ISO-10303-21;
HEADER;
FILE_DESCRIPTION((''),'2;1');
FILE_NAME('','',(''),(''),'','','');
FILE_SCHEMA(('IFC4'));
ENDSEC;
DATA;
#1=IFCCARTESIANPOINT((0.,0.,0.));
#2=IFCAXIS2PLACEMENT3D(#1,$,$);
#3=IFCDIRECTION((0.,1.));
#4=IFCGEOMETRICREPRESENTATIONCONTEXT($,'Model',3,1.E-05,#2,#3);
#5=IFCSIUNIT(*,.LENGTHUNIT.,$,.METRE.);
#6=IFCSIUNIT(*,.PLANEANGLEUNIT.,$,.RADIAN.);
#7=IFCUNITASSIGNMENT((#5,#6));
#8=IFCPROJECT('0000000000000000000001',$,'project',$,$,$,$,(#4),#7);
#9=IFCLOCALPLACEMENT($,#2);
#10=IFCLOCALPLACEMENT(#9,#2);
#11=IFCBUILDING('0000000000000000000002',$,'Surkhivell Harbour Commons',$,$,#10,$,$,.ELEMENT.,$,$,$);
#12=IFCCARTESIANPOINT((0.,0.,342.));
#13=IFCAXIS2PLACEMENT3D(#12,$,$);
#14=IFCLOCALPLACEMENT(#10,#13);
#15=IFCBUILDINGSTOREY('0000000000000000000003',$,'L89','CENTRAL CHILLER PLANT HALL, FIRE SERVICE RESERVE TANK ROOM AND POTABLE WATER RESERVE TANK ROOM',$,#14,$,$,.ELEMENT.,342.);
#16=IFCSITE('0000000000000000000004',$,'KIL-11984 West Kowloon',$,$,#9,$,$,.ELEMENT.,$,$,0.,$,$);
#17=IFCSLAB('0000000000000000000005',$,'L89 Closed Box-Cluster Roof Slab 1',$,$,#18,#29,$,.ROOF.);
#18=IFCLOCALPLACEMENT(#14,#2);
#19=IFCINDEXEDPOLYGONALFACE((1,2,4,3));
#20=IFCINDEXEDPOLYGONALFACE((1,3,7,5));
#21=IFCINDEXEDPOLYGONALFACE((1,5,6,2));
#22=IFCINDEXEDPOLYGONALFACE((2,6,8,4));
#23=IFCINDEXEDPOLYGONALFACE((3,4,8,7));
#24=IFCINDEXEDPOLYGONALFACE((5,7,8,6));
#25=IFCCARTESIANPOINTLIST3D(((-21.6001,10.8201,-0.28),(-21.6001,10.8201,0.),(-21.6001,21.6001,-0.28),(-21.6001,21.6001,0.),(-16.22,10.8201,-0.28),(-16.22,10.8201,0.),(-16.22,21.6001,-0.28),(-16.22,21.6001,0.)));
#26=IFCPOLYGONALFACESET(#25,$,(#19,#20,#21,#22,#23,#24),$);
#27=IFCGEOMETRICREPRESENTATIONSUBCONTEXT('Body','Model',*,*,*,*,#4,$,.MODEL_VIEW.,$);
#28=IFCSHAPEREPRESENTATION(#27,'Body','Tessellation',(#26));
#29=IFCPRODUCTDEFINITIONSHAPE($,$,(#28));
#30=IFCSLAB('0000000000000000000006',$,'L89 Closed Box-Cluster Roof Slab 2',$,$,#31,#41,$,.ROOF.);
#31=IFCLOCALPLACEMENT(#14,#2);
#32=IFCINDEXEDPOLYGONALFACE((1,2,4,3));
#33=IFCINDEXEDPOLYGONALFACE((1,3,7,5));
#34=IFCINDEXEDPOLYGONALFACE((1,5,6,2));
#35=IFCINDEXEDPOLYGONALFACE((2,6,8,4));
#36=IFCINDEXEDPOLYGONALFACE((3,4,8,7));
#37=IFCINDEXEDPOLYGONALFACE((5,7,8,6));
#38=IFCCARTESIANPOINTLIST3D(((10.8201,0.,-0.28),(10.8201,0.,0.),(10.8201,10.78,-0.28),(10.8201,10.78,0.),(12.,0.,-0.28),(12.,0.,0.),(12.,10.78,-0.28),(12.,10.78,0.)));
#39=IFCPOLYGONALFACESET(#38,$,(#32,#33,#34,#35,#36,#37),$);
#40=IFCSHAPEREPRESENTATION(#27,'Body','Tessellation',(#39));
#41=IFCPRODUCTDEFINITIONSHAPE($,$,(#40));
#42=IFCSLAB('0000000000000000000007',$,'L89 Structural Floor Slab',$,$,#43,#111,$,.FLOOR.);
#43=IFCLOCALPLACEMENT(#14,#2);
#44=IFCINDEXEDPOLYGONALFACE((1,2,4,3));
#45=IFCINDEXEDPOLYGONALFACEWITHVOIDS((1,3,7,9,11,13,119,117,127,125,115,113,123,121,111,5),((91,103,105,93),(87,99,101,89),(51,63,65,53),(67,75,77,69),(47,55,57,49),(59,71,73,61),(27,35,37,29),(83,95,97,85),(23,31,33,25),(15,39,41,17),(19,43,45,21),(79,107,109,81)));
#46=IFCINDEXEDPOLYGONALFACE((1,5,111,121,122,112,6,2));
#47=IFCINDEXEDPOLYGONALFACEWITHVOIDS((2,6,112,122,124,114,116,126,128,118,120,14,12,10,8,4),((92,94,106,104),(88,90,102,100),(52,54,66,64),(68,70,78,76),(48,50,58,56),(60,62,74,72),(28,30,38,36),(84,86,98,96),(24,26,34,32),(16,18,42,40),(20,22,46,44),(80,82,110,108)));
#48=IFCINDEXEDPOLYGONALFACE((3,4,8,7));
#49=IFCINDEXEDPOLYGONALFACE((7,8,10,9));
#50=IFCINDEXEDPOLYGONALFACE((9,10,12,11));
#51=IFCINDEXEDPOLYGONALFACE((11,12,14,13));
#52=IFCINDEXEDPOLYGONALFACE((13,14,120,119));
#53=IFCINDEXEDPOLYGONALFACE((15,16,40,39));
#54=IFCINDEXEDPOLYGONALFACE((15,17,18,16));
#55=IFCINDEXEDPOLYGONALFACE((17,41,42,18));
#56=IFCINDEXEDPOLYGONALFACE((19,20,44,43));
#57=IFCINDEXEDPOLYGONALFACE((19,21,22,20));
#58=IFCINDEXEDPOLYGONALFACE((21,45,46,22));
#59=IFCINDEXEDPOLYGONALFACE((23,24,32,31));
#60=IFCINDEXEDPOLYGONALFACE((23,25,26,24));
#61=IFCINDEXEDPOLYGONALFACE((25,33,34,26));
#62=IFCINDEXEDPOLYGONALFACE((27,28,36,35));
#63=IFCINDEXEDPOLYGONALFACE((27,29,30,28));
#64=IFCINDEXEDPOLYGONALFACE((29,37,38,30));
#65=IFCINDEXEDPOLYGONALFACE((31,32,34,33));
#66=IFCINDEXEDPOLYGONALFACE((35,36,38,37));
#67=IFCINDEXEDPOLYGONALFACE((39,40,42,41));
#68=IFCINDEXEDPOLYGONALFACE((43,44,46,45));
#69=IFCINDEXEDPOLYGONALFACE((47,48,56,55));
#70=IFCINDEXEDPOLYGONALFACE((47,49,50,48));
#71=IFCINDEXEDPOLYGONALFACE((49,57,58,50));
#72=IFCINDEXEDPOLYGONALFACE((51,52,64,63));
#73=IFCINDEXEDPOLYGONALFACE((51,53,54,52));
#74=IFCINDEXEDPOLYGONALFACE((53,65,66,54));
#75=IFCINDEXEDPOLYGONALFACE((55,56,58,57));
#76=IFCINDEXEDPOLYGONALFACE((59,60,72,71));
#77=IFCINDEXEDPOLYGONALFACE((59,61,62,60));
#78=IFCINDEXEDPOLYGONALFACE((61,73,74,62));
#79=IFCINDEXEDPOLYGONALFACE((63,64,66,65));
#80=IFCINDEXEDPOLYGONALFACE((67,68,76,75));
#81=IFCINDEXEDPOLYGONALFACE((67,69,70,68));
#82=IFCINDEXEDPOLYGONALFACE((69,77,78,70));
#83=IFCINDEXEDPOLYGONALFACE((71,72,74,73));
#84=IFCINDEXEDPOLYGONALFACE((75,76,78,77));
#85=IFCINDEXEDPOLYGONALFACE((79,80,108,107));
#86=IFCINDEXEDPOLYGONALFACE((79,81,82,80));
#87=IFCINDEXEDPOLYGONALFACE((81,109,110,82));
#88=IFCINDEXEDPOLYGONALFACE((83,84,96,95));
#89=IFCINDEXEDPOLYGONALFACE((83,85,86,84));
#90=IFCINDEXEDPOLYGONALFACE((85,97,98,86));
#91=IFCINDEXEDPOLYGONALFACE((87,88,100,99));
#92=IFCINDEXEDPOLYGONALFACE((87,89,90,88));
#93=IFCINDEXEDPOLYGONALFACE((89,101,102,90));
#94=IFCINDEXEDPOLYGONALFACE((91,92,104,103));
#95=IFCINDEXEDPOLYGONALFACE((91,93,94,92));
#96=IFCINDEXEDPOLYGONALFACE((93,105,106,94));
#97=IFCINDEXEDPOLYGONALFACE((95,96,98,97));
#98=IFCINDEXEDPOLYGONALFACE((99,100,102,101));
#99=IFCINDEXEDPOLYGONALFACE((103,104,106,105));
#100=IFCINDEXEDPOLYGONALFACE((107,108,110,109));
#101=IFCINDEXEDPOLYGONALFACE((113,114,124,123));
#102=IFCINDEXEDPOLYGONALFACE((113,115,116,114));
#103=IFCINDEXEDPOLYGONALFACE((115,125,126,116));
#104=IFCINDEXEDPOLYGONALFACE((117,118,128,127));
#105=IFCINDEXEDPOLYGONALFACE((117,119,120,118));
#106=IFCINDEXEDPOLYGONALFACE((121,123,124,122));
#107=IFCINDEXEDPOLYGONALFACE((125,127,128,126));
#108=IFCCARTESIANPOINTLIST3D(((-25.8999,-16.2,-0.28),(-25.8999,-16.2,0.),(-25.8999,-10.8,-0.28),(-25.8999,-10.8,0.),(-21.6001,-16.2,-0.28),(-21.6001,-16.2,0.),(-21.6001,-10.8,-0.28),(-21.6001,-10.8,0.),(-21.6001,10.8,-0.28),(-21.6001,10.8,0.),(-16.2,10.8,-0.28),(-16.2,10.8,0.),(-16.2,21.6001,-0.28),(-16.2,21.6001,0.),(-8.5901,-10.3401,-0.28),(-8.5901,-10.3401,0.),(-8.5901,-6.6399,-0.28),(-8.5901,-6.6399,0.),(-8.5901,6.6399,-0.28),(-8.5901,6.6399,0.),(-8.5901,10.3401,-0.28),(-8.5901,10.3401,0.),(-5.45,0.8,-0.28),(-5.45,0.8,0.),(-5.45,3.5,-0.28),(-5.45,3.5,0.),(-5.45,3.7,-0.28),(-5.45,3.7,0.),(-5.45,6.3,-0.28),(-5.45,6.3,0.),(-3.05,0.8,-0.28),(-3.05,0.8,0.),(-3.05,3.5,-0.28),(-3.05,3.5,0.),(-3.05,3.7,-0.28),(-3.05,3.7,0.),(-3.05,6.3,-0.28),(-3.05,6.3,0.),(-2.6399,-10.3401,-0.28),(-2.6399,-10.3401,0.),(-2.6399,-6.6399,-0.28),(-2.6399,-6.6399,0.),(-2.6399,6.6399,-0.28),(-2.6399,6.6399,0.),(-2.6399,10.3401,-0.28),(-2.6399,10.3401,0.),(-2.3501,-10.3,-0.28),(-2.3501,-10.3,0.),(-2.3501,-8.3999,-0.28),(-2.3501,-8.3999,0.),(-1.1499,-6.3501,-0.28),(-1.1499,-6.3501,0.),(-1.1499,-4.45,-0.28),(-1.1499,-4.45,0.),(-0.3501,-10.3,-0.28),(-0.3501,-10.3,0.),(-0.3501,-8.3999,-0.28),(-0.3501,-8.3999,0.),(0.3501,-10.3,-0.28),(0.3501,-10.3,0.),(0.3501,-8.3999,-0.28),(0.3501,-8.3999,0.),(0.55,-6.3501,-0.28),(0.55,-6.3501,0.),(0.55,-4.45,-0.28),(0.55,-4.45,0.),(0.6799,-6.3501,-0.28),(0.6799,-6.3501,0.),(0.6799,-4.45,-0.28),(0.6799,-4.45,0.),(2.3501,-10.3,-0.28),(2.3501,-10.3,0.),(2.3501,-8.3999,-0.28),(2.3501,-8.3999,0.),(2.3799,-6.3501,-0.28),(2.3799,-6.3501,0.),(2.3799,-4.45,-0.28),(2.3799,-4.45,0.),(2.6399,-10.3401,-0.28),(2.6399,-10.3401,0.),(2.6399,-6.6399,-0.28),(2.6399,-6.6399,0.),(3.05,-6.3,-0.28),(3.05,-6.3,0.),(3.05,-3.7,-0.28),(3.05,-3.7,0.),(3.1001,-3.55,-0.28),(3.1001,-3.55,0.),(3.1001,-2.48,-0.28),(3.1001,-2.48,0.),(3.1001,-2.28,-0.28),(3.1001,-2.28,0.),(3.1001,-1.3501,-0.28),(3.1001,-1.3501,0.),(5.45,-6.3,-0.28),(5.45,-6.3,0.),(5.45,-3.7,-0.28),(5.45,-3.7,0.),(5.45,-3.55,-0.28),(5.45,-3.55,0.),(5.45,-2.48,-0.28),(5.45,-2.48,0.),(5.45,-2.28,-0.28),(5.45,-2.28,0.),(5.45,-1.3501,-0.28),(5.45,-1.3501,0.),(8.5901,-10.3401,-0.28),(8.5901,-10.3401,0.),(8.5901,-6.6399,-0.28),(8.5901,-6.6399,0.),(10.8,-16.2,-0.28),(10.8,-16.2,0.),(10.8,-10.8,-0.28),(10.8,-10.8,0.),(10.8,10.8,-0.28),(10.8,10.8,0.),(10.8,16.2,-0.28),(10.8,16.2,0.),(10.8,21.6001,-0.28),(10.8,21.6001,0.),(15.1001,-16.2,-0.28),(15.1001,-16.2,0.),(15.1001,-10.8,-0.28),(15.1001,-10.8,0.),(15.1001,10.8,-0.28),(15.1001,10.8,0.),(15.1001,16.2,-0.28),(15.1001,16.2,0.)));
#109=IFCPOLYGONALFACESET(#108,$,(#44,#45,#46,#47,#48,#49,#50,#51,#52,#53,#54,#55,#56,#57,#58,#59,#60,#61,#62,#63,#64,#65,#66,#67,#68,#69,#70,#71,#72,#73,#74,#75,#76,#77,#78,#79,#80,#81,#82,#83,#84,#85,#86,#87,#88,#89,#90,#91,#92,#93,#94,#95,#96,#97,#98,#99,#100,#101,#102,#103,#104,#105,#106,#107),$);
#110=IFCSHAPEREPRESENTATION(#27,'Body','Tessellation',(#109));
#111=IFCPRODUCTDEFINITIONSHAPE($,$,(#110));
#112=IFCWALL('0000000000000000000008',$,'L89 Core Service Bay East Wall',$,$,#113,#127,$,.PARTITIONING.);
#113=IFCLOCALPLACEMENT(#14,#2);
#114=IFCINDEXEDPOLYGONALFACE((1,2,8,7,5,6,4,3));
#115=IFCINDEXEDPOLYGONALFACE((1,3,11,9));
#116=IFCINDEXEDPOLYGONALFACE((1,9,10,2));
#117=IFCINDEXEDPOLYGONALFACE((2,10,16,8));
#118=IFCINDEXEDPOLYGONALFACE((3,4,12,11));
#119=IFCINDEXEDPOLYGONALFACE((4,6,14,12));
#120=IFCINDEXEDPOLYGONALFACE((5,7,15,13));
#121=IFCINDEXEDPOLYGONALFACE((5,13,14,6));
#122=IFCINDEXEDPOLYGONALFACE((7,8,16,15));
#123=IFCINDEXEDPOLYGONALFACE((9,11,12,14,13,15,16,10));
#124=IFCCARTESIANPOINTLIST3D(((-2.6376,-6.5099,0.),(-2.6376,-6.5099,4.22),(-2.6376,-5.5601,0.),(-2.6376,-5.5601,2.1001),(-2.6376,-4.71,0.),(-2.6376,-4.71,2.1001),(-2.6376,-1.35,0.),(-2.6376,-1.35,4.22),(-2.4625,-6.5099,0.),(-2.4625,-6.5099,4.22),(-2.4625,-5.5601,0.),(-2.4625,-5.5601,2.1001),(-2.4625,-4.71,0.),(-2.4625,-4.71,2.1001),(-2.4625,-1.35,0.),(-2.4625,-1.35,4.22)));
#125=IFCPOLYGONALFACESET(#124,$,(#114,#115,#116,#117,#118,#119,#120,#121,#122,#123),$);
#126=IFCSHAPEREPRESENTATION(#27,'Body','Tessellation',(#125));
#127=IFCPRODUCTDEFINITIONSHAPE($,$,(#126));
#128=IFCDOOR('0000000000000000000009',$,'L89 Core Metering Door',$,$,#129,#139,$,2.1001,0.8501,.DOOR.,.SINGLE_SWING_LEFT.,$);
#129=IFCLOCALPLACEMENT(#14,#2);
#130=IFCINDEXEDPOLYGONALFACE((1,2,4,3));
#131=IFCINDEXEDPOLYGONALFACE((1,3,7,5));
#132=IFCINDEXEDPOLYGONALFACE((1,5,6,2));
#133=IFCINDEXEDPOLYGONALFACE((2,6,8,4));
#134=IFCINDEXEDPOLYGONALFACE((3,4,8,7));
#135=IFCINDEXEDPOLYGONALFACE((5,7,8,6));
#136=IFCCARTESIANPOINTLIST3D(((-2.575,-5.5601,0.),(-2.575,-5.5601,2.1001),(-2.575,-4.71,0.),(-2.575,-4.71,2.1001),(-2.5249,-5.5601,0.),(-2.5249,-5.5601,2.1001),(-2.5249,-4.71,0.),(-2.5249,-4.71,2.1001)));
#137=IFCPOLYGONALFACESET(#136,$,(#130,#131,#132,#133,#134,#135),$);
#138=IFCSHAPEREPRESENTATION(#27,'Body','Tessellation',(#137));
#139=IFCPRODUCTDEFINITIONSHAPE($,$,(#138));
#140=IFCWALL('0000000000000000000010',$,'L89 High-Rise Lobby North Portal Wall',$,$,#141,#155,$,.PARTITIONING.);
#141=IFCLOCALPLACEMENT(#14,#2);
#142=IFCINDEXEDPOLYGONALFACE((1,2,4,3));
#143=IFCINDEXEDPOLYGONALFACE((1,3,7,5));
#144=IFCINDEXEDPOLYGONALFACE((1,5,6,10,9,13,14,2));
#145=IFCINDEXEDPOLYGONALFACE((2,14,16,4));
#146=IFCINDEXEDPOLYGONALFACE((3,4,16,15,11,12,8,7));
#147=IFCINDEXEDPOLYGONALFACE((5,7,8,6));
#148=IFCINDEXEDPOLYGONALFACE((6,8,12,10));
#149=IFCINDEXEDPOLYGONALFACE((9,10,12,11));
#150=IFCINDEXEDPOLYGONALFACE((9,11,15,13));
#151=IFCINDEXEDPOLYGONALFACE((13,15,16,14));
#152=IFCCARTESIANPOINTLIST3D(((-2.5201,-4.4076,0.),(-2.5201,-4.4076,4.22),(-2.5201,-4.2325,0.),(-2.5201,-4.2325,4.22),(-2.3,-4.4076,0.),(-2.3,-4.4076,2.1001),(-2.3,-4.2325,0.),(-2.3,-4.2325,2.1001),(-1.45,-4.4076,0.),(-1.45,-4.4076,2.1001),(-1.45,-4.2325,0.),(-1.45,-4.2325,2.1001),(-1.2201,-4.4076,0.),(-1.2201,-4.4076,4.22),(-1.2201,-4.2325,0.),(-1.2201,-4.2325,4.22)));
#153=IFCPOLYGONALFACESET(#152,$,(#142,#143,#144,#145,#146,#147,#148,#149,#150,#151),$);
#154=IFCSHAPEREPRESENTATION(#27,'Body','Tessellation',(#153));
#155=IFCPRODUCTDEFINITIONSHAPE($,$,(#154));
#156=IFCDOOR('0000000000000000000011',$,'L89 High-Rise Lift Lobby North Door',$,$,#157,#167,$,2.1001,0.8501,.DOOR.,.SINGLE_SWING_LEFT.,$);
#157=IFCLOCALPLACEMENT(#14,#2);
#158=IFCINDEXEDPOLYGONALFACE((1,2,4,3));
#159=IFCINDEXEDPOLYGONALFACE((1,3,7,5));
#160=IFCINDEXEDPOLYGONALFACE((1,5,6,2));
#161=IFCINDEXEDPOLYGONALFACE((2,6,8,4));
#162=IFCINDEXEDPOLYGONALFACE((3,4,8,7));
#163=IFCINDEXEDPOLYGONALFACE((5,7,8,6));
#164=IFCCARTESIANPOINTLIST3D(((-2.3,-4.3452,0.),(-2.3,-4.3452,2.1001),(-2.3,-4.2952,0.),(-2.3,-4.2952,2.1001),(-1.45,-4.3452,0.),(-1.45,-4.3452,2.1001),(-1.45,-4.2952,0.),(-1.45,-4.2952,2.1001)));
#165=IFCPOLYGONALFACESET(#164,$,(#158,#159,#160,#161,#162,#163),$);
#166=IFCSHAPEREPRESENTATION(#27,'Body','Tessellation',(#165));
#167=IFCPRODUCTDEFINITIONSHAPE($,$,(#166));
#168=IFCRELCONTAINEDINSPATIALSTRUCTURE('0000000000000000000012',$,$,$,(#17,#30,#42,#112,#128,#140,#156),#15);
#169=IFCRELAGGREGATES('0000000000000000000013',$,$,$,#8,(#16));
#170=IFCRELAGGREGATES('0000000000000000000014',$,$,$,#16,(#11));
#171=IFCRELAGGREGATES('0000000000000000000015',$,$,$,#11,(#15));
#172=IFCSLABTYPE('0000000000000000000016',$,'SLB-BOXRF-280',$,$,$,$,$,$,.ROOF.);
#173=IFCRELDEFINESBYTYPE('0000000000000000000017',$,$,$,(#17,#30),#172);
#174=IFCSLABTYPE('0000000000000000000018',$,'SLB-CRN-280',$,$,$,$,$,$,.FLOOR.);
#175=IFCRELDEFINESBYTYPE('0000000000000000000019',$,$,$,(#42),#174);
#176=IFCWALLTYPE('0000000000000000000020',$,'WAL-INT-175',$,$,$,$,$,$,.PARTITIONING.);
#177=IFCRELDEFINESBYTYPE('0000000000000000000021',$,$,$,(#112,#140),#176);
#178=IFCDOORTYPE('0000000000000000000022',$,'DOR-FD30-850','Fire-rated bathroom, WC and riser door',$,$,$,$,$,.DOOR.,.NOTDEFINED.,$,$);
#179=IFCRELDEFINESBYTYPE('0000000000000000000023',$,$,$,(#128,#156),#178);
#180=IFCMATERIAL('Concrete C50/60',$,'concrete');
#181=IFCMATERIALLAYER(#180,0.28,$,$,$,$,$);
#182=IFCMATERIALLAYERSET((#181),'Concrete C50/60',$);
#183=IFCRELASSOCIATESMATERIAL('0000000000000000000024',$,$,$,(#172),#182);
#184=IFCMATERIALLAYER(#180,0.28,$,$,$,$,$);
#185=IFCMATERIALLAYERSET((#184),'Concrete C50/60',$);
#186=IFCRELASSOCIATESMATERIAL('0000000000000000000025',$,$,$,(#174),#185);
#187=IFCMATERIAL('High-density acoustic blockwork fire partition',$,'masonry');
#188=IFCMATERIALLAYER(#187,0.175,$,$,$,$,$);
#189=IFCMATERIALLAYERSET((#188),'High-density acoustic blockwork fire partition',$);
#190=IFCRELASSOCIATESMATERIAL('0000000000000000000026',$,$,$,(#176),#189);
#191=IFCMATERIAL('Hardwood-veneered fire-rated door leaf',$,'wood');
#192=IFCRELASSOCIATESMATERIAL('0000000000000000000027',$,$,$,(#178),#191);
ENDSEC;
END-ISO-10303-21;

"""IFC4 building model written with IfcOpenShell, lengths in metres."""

from ifc_helpers import new_model, si_unit, direction, frame, frame_2d, origin, place, context, subcontext, project, spatial, polyline, rectangle, outline, extrude, material, layer, layer_set, type_object, element, fill, save


model = new_model("IFC4")

# Units and contexts
model_context = context("Model", 3, precision=1e-05, world=origin(), true_north=direction((0.0, 1.0)))
body_context = subcontext(model_context, "Body", "Model", "MODEL_VIEW")
ifc_project = project(units=[si_unit("LENGTHUNIT", "METRE"), si_unit("PLANEANGLEUNIT", "RADIAN")], contexts=[model_context])

# Site, building, storey
site_placement = place(None, origin())
site = spatial("IfcSite", under=ifc_project, at=site_placement, Name="KIL-11984 West Kowloon", CompositionType="ELEMENT", RefElevation=0.0)
building_placement = place(site_placement, origin())
building = spatial("IfcBuilding", under=site, at=building_placement, Name="Surkhivell Harbour Commons", CompositionType="ELEMENT")
storey_placement = place(building_placement, frame((0.0, 0.0, 342.0)))
storey = spatial("IfcBuildingStorey", under=building, at=storey_placement, Name="L89", Description="CENTRAL CHILLER PLANT HALL, FIRE SERVICE RESERVE TANK ROOM AND POTABLE WATER RESERVE TANK ROOM", CompositionType="ELEMENT", Elevation=342.0)

# Slabs
ifc_material_1 = material(Name="Concrete C50/60", Category="concrete")
ifc_layer_1 = layer(ifc_material_1, 0.28)
ifc_layer_set_1 = layer_set([ifc_layer_1], Name="Concrete C50/60")
slab_type_1 = type_object("IfcSlabType", Name="SLB-BOXRF-280", PredefinedType="ROOF", material=ifc_layer_set_1)
slab_1_placement = place(storey_placement, frame((0.0, 0.0, -0.28)))
element("IfcSlab", 1, at=slab_1_placement, inside=storey, type_object=slab_type_1, Name="L89 Closed Box-Cluster Roof Slab 1", PredefinedType="ROOF", context=body_context, shape_type="SweptSolid", body=[
    extrude(outline(polyline([(-21.6001, 21.6001), (-21.6001, 10.8201), (-16.22, 10.8201), (-16.22, 21.6001), (-21.6001, 21.6001)])), origin(), (0.0, 0.0, 1.0), 0.28),
])
slab_2_placement = place(storey_placement, frame((0.0, 0.0, -0.28)))
element("IfcSlab", 2, at=slab_2_placement, inside=storey, type_object=slab_type_1, Name="L89 Closed Box-Cluster Roof Slab 2", PredefinedType="ROOF", context=body_context, shape_type="SweptSolid", body=[
    extrude(outline(polyline([(12.0, 10.78), (10.8201, 10.78), (10.8201, 0.0), (12.0, 0.0), (12.0, 10.78)])), origin(), (0.0, 0.0, 1.0), 0.28),
])
ifc_layer_2 = layer(ifc_material_1, 0.28)
ifc_layer_set_2 = layer_set([ifc_layer_2], Name="Concrete C50/60")
slab_type_2 = type_object("IfcSlabType", Name="SLB-CRN-280", PredefinedType="FLOOR", material=ifc_layer_set_2)
slab_3_placement = place(storey_placement, frame((0.0, 0.0, -0.28)))
element("IfcSlab", 3, at=slab_3_placement, inside=storey, type_object=slab_type_2, Name="L89 Structural Floor Slab", PredefinedType="FLOOR", context=body_context, shape_type="SweptSolid", body=[
    extrude(outline(polyline([(-21.6001, 10.8), (-21.6001, -10.8), (-25.8999, -10.8), (-25.8999, -16.2), (-21.6001, -16.2), (10.8, -16.2), (15.1001, -16.2), (15.1001, -10.8), (10.8, -10.8), (10.8, 10.8), (15.1001, 10.8), (15.1001, 16.2), (10.8, 16.2), (10.8, 21.6001), (-16.2, 21.6001), (-16.2, 10.8), (-21.6001, 10.8)]), holes=[polyline([(-8.5901, 6.6399), (-2.6399, 6.6399), (-2.6399, 10.3401), (-8.5901, 10.3401), (-8.5901, 6.6399)]), polyline([(8.5901, -6.6399), (2.6399, -6.6399), (2.6399, -10.3401), (8.5901, -10.3401), (8.5901, -6.6399)]), polyline([(-8.5901, -10.3401), (-2.6399, -10.3401), (-2.6399, -6.6399), (-8.5901, -6.6399), (-8.5901, -10.3401)]), polyline([(-1.1499, -6.3501), (0.55, -6.3501), (0.55, -4.45), (-1.1499, -4.45), (-1.1499, -6.3501)]), polyline([(0.6799, -6.3501), (2.3799, -6.3501), (2.3799, -4.45), (0.6799, -4.45), (0.6799, -6.3501)]), polyline([(-2.3501, -10.3), (-0.3501, -10.3), (-0.3501, -8.3999), (-2.3501, -8.3999), (-2.3501, -10.3)]), polyline([(0.3501, -10.3), (2.3501, -10.3), (2.3501, -8.3999), (0.3501, -8.3999), (0.3501, -10.3)]), polyline([(-5.45, 3.7), (-3.05, 3.7), (-3.05, 6.3), (-5.45, 6.3), (-5.45, 3.7)]), polyline([(3.05, -6.3), (5.45, -6.3), (5.45, -3.7), (3.05, -3.7), (3.05, -6.3)]), polyline([(-5.45, 0.8), (-3.05, 0.8), (-3.05, 3.5), (-5.45, 3.5), (-5.45, 0.8)]), polyline([(3.1001, -3.55), (5.45, -3.55), (5.45, -2.48), (3.1001, -2.48), (3.1001, -3.55)]), polyline([(3.1001, -2.28), (5.45, -2.28), (5.45, -1.3501), (3.1001, -1.3501), (3.1001, -2.28)])]), origin(), (0.0, 0.0, 1.0), 0.28),
])

# Walls, openings, doors
ifc_material_2 = material(Name="High-density acoustic blockwork fire partition", Category="masonry")
ifc_layer_3 = layer(ifc_material_2, 0.175)
ifc_layer_set_3 = layer_set([ifc_layer_3], Name="High-density acoustic blockwork fire partition")
wall_type_1 = type_object("IfcWallType", Name="WAL-INT-175", PredefinedType="PARTITIONING", material=ifc_layer_set_3)
wall_1_placement = place(storey_placement, frame((-2.55, -6.51, 0.0), z_axis=(0.0, 0.0, 1.0), x_axis=(0.0, 1.0, 0.0)))
wall_1 = element("IfcWall", 4, at=wall_1_placement, inside=storey, type_object=wall_type_1, Name="L89 Core Service Bay East Wall", PredefinedType="PARTITIONING", context=body_context, shape_type="SweptSolid", body=[
    extrude(rectangle(XDim=5.1599, YDim=0.175, at=frame_2d((2.5801, 0.0))), origin(), (0.0, 0.0, 1.0), 4.22),
])
opening_1_placement = place(wall_1_placement, frame((0.95, 0.0, 0.0)))
opening_1 = element("IfcOpeningElement", 5, at=opening_1_placement, cuts=wall_1, PredefinedType="OPENING", context=body_context, shape_type="SweptSolid", body=[
    extrude(rectangle(XDim=0.8501, YDim=2.1001, at=frame_2d((0.425, 1.05))), frame((0.0, 0.0974, 0.0), z_axis=(0.0, -1.0, 0.0), x_axis=(1.0, 0.0, 0.0)), (0.0, 0.0, 1.0), 0.1951),
])
ifc_material_3 = material(Name="Hardwood-veneered fire-rated door leaf", Category="wood")
door_type_1 = type_object("IfcDoorType", Name="DOR-FD30-850", Description="Fire-rated bathroom, WC and riser door", OperationType="NOTDEFINED", PredefinedType="DOOR", material=ifc_material_3)
door_1_placement = place(opening_1_placement, origin())
door_1 = element("IfcDoor", 6, at=door_1_placement, inside=storey, type_object=door_type_1, Name="L89 Core Metering Door", OperationType="SINGLE_SWING_LEFT", OverallHeight=2.1001, OverallWidth=0.8501, PredefinedType="DOOR", context=body_context, shape_type="SweptSolid", body=[
    extrude(rectangle(XDim=0.8501, YDim=2.1001, at=frame_2d((0.425, 1.05))), frame((0.0, 0.0249, 0.0), z_axis=(0.0, -1.0, 0.0), x_axis=(1.0, 0.0, 0.0)), (0.0, 0.0, 1.0), 0.05),
])
fill(opening_1, door_1)
wall_2_placement = place(storey_placement, frame((-2.52, -4.3201, 0.0), z_axis=(0.0, 0.0, 1.0), x_axis=(1.0, 0.0, 0.0)))
wall_2 = element("IfcWall", 7, at=wall_2_placement, inside=storey, type_object=wall_type_1, Name="L89 High-Rise Lobby North Portal Wall", PredefinedType="PARTITIONING", context=body_context, shape_type="SweptSolid", body=[
    extrude(rectangle(XDim=1.3, YDim=0.175, at=frame_2d((0.6499, 0.0))), origin(), (0.0, 0.0, 1.0), 4.22),
])
opening_2_placement = place(wall_2_placement, frame((0.22, 0.0, 0.0)))
opening_2 = element("IfcOpeningElement", 8, at=opening_2_placement, cuts=wall_2, PredefinedType="OPENING", context=body_context, shape_type="SweptSolid", body=[
    extrude(rectangle(XDim=0.8501, YDim=2.1001, at=frame_2d((0.425, 1.05))), frame((0.0, 0.0974, 0.0), z_axis=(0.0, -1.0, 0.0), x_axis=(1.0, 0.0, 0.0)), (0.0, 0.0, 1.0), 0.1951),
])
door_2_placement = place(opening_2_placement, origin())
door_2 = element("IfcDoor", 9, at=door_2_placement, inside=storey, type_object=door_type_1, Name="L89 High-Rise Lift Lobby North Door", OperationType="SINGLE_SWING_LEFT", OverallHeight=2.1001, OverallWidth=0.8501, PredefinedType="DOOR", context=body_context, shape_type="SweptSolid", body=[
    extrude(rectangle(XDim=0.8501, YDim=2.1001, at=frame_2d((0.425, 1.05))), frame((0.0, 0.0249, 0.0), z_axis=(0.0, -1.0, 0.0), x_axis=(1.0, 0.0, 0.0)), (0.0, 0.0, 1.0), 0.05),
])
fill(opening_2, door_2)

save(model, "model.ifc")
